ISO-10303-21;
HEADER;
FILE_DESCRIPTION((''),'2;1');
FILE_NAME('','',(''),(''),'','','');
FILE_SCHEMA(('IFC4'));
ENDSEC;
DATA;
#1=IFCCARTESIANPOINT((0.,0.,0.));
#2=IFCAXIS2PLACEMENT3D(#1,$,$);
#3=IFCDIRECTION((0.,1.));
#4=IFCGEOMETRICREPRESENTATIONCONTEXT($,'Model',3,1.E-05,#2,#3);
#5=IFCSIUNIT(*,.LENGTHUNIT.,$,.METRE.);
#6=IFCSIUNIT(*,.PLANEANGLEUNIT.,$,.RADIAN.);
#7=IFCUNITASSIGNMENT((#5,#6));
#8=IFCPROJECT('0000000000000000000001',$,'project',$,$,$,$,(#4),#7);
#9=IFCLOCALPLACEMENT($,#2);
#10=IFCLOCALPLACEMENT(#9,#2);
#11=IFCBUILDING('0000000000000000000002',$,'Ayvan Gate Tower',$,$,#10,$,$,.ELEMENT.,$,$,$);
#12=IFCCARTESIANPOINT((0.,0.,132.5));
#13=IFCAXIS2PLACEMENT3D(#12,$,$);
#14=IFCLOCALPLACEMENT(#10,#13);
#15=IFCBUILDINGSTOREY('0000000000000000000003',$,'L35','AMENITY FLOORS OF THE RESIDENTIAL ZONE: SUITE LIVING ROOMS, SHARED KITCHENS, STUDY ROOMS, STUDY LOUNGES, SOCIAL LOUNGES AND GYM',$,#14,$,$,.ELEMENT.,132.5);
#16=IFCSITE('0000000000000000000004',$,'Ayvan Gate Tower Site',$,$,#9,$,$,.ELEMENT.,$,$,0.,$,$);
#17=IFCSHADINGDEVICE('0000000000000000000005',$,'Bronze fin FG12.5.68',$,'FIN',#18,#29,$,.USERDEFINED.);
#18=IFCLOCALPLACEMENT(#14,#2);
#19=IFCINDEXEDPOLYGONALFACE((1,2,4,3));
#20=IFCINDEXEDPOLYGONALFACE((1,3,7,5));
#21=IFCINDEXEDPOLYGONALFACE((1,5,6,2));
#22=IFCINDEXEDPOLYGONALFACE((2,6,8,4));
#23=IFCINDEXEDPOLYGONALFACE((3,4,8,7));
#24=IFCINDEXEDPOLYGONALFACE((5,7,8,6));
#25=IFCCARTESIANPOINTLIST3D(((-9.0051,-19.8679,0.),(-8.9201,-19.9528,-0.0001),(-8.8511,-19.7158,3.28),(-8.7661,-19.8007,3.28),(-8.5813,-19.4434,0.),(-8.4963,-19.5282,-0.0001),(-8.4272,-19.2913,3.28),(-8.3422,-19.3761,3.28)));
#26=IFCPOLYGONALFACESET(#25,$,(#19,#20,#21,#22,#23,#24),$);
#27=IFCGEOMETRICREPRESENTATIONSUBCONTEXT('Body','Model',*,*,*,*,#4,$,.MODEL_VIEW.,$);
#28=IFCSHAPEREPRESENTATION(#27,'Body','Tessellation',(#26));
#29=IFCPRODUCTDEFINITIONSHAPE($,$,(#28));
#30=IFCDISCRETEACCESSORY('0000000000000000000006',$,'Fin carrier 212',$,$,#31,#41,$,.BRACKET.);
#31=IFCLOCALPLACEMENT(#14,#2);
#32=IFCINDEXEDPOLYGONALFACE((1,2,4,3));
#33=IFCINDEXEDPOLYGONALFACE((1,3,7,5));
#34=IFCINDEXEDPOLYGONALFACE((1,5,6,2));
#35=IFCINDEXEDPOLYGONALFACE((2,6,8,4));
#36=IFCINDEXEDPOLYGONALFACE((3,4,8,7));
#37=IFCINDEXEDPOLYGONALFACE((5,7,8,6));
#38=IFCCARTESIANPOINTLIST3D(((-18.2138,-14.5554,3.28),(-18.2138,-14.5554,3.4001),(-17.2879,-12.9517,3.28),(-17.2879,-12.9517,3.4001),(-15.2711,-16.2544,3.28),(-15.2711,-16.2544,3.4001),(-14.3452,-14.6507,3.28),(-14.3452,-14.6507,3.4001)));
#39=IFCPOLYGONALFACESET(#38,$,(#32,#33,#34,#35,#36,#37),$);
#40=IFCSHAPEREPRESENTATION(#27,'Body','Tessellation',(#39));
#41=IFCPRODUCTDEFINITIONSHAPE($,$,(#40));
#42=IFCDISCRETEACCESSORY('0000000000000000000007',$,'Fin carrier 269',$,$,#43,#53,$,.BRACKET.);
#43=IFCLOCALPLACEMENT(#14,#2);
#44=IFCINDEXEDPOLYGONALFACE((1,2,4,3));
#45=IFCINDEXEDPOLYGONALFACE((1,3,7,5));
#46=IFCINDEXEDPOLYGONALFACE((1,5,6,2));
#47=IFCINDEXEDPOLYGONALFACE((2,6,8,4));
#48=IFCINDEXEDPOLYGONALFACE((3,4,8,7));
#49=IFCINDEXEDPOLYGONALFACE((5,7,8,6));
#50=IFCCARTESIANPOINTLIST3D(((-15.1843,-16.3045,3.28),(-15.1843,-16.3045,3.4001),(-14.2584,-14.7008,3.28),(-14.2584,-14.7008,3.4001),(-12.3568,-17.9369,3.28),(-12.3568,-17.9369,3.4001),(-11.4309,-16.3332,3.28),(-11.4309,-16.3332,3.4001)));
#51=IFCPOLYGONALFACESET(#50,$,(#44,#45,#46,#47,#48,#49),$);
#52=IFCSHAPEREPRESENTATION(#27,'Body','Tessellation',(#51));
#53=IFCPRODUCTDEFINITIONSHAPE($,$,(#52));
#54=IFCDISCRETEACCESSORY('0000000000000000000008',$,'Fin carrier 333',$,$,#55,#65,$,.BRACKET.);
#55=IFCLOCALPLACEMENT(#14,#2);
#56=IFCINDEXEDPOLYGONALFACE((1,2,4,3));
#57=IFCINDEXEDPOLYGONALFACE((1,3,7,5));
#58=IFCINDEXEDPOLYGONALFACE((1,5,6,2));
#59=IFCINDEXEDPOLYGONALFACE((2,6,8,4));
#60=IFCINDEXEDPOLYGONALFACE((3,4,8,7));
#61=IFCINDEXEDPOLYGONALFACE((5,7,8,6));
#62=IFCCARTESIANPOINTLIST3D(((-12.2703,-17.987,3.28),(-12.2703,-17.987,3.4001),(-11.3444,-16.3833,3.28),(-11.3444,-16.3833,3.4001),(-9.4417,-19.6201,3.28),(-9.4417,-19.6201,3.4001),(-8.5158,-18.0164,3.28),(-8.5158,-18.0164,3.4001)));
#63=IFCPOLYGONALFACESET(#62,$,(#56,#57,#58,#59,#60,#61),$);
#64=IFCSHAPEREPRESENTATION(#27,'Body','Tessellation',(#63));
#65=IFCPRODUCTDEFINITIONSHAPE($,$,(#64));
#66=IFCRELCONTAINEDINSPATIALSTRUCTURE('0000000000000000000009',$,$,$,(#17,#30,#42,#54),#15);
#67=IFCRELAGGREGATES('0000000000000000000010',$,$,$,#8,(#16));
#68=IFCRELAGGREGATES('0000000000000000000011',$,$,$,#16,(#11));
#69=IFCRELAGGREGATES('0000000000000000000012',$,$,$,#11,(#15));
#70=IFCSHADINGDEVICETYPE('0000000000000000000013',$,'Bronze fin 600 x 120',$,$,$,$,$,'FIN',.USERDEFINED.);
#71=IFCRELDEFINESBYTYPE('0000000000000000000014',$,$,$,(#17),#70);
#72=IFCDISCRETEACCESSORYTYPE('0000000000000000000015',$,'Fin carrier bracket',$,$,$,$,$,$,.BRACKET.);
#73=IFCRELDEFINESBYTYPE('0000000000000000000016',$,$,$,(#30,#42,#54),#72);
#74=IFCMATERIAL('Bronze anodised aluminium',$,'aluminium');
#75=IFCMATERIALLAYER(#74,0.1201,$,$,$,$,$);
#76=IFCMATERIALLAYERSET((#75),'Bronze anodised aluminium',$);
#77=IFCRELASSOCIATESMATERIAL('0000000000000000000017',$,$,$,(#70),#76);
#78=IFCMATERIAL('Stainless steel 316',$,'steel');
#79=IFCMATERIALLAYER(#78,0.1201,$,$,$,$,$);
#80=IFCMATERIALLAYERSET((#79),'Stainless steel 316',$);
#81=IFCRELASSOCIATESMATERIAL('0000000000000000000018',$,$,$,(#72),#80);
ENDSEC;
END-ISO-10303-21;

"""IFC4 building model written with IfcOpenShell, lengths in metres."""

from ifc_helpers import new_model, si_unit, direction, frame, origin, origin_2d, place, context, subcontext, project, spatial, polyline, rectangle, outline, extrude, material, layer, layer_set, type_object, element, save


model = new_model("IFC4")

# Units and contexts
model_context = context("Model", 3, precision=1e-05, world=origin(), true_north=direction((0.0, 1.0)))
body_context = subcontext(model_context, "Body", "Model", "MODEL_VIEW")
ifc_project = project(units=[si_unit("LENGTHUNIT", "METRE"), si_unit("PLANEANGLEUNIT", "RADIAN")], contexts=[model_context])

# Site, building, storey
site_placement = place(None, origin())
site = spatial("IfcSite", under=ifc_project, at=site_placement, Name="Ayvan Gate Tower Site", CompositionType="ELEMENT", RefElevation=0.0)
building_placement = place(site_placement, origin())
building = spatial("IfcBuilding", under=site, at=building_placement, Name="Ayvan Gate Tower", CompositionType="ELEMENT")
storey_placement = place(building_placement, frame((0.0, 0.0, 132.5)))
storey = spatial("IfcBuildingStorey", under=building, at=storey_placement, Name="L35", Description="AMENITY FLOORS OF THE RESIDENTIAL ZONE: SUITE LIVING ROOMS, SHARED KITCHENS, STUDY ROOMS, STUDY LOUNGES, SOCIAL LOUNGES AND GYM", CompositionType="ELEMENT", Elevation=132.5)

# Shared definitions
ifc_material_1 = material(Name="Bronze anodised aluminium", Category="aluminium")

# Shading device
ifc_layer_1 = layer(ifc_material_1, 0.1201)
ifc_layer_set_1 = layer_set([ifc_layer_1], Name="Bronze anodised aluminium")
shading_device_type = type_object("IfcShadingDeviceType", Name="Bronze fin 600 x 120", ElementType="FIN", PredefinedType="USERDEFINED", material=ifc_layer_set_1)
shading_device_1_placement = place(storey_placement, frame((-8.5813, -19.4434, 0.0), z_axis=(-0.707717, 0.706496, 0.000478), x_axis=(-0.706496, -0.707717, 0.0)))
element("IfcShadingDevice", 1, at=shading_device_1_placement, inside=storey, type_object=shading_device_type, Name="Bronze fin FG12.5.68", ObjectType="FIN", PredefinedType="USERDEFINED", context=body_context, shape_type="SweptSolid", body=[
    extrude(outline(polyline([(0.0, 0.0), (0.5999, 0.0), (0.3834, 3.28), (-0.2165, 3.28), (0.0, 0.0)])), origin(), (0.0, 0.0, -1.0), 0.1201),
])

# Discrete accessories
ifc_material_2 = material(Name="Stainless steel 316", Category="steel")
ifc_layer_2 = layer(ifc_material_2, 0.1201)
ifc_layer_set_2 = layer_set([ifc_layer_2], Name="Stainless steel 316")
discrete_accessory_type = type_object("IfcDiscreteAccessoryType", Name="Fin carrier bracket", PredefinedType="BRACKET", material=ifc_layer_set_2)
discrete_accessory_1_placement = place(storey_placement, frame((-16.2795, -14.603, 3.28), z_axis=(0.0, 0.0, 1.0), x_axis=(0.866025, -0.5, 0.0)))
element("IfcDiscreteAccessory", 2, at=discrete_accessory_1_placement, inside=storey, type_object=discrete_accessory_type, Name="Fin carrier 212", PredefinedType="BRACKET", context=body_context, shape_type="SweptSolid", body=[
    extrude(rectangle(XDim=3.3979, YDim=1.8518, at=origin_2d()), origin(), (0.0, 0.0, 1.0), 0.1201),
])
discrete_accessory_2_placement = place(storey_placement, frame((-13.3076, -16.3188, 3.28), z_axis=(0.0, 0.0, 1.0), x_axis=(0.866025, -0.5, 0.0)))
element("IfcDiscreteAccessory", 3, at=discrete_accessory_2_placement, inside=storey, type_object=discrete_accessory_type, Name="Fin carrier 269", PredefinedType="BRACKET", context=body_context, shape_type="SweptSolid", body=[
    extrude(rectangle(XDim=3.2649, YDim=1.8518, at=origin_2d()), origin(), (0.0, 0.0, 1.0), 0.1201),
])
discrete_accessory_3_placement = place(storey_placement, frame((-10.3931, -18.0017, 3.28), z_axis=(0.0, 0.0, 1.0), x_axis=(0.866025, -0.5, 0.0)))
element("IfcDiscreteAccessory", 4, at=discrete_accessory_3_placement, inside=storey, type_object=discrete_accessory_type, Name="Fin carrier 333", PredefinedType="BRACKET", context=body_context, shape_type="SweptSolid", body=[
    extrude(rectangle(XDim=3.2661, YDim=1.8518, at=origin_2d()), origin(), (0.0, 0.0, 1.0), 0.1201),
])

save(model, "model.ifc")
